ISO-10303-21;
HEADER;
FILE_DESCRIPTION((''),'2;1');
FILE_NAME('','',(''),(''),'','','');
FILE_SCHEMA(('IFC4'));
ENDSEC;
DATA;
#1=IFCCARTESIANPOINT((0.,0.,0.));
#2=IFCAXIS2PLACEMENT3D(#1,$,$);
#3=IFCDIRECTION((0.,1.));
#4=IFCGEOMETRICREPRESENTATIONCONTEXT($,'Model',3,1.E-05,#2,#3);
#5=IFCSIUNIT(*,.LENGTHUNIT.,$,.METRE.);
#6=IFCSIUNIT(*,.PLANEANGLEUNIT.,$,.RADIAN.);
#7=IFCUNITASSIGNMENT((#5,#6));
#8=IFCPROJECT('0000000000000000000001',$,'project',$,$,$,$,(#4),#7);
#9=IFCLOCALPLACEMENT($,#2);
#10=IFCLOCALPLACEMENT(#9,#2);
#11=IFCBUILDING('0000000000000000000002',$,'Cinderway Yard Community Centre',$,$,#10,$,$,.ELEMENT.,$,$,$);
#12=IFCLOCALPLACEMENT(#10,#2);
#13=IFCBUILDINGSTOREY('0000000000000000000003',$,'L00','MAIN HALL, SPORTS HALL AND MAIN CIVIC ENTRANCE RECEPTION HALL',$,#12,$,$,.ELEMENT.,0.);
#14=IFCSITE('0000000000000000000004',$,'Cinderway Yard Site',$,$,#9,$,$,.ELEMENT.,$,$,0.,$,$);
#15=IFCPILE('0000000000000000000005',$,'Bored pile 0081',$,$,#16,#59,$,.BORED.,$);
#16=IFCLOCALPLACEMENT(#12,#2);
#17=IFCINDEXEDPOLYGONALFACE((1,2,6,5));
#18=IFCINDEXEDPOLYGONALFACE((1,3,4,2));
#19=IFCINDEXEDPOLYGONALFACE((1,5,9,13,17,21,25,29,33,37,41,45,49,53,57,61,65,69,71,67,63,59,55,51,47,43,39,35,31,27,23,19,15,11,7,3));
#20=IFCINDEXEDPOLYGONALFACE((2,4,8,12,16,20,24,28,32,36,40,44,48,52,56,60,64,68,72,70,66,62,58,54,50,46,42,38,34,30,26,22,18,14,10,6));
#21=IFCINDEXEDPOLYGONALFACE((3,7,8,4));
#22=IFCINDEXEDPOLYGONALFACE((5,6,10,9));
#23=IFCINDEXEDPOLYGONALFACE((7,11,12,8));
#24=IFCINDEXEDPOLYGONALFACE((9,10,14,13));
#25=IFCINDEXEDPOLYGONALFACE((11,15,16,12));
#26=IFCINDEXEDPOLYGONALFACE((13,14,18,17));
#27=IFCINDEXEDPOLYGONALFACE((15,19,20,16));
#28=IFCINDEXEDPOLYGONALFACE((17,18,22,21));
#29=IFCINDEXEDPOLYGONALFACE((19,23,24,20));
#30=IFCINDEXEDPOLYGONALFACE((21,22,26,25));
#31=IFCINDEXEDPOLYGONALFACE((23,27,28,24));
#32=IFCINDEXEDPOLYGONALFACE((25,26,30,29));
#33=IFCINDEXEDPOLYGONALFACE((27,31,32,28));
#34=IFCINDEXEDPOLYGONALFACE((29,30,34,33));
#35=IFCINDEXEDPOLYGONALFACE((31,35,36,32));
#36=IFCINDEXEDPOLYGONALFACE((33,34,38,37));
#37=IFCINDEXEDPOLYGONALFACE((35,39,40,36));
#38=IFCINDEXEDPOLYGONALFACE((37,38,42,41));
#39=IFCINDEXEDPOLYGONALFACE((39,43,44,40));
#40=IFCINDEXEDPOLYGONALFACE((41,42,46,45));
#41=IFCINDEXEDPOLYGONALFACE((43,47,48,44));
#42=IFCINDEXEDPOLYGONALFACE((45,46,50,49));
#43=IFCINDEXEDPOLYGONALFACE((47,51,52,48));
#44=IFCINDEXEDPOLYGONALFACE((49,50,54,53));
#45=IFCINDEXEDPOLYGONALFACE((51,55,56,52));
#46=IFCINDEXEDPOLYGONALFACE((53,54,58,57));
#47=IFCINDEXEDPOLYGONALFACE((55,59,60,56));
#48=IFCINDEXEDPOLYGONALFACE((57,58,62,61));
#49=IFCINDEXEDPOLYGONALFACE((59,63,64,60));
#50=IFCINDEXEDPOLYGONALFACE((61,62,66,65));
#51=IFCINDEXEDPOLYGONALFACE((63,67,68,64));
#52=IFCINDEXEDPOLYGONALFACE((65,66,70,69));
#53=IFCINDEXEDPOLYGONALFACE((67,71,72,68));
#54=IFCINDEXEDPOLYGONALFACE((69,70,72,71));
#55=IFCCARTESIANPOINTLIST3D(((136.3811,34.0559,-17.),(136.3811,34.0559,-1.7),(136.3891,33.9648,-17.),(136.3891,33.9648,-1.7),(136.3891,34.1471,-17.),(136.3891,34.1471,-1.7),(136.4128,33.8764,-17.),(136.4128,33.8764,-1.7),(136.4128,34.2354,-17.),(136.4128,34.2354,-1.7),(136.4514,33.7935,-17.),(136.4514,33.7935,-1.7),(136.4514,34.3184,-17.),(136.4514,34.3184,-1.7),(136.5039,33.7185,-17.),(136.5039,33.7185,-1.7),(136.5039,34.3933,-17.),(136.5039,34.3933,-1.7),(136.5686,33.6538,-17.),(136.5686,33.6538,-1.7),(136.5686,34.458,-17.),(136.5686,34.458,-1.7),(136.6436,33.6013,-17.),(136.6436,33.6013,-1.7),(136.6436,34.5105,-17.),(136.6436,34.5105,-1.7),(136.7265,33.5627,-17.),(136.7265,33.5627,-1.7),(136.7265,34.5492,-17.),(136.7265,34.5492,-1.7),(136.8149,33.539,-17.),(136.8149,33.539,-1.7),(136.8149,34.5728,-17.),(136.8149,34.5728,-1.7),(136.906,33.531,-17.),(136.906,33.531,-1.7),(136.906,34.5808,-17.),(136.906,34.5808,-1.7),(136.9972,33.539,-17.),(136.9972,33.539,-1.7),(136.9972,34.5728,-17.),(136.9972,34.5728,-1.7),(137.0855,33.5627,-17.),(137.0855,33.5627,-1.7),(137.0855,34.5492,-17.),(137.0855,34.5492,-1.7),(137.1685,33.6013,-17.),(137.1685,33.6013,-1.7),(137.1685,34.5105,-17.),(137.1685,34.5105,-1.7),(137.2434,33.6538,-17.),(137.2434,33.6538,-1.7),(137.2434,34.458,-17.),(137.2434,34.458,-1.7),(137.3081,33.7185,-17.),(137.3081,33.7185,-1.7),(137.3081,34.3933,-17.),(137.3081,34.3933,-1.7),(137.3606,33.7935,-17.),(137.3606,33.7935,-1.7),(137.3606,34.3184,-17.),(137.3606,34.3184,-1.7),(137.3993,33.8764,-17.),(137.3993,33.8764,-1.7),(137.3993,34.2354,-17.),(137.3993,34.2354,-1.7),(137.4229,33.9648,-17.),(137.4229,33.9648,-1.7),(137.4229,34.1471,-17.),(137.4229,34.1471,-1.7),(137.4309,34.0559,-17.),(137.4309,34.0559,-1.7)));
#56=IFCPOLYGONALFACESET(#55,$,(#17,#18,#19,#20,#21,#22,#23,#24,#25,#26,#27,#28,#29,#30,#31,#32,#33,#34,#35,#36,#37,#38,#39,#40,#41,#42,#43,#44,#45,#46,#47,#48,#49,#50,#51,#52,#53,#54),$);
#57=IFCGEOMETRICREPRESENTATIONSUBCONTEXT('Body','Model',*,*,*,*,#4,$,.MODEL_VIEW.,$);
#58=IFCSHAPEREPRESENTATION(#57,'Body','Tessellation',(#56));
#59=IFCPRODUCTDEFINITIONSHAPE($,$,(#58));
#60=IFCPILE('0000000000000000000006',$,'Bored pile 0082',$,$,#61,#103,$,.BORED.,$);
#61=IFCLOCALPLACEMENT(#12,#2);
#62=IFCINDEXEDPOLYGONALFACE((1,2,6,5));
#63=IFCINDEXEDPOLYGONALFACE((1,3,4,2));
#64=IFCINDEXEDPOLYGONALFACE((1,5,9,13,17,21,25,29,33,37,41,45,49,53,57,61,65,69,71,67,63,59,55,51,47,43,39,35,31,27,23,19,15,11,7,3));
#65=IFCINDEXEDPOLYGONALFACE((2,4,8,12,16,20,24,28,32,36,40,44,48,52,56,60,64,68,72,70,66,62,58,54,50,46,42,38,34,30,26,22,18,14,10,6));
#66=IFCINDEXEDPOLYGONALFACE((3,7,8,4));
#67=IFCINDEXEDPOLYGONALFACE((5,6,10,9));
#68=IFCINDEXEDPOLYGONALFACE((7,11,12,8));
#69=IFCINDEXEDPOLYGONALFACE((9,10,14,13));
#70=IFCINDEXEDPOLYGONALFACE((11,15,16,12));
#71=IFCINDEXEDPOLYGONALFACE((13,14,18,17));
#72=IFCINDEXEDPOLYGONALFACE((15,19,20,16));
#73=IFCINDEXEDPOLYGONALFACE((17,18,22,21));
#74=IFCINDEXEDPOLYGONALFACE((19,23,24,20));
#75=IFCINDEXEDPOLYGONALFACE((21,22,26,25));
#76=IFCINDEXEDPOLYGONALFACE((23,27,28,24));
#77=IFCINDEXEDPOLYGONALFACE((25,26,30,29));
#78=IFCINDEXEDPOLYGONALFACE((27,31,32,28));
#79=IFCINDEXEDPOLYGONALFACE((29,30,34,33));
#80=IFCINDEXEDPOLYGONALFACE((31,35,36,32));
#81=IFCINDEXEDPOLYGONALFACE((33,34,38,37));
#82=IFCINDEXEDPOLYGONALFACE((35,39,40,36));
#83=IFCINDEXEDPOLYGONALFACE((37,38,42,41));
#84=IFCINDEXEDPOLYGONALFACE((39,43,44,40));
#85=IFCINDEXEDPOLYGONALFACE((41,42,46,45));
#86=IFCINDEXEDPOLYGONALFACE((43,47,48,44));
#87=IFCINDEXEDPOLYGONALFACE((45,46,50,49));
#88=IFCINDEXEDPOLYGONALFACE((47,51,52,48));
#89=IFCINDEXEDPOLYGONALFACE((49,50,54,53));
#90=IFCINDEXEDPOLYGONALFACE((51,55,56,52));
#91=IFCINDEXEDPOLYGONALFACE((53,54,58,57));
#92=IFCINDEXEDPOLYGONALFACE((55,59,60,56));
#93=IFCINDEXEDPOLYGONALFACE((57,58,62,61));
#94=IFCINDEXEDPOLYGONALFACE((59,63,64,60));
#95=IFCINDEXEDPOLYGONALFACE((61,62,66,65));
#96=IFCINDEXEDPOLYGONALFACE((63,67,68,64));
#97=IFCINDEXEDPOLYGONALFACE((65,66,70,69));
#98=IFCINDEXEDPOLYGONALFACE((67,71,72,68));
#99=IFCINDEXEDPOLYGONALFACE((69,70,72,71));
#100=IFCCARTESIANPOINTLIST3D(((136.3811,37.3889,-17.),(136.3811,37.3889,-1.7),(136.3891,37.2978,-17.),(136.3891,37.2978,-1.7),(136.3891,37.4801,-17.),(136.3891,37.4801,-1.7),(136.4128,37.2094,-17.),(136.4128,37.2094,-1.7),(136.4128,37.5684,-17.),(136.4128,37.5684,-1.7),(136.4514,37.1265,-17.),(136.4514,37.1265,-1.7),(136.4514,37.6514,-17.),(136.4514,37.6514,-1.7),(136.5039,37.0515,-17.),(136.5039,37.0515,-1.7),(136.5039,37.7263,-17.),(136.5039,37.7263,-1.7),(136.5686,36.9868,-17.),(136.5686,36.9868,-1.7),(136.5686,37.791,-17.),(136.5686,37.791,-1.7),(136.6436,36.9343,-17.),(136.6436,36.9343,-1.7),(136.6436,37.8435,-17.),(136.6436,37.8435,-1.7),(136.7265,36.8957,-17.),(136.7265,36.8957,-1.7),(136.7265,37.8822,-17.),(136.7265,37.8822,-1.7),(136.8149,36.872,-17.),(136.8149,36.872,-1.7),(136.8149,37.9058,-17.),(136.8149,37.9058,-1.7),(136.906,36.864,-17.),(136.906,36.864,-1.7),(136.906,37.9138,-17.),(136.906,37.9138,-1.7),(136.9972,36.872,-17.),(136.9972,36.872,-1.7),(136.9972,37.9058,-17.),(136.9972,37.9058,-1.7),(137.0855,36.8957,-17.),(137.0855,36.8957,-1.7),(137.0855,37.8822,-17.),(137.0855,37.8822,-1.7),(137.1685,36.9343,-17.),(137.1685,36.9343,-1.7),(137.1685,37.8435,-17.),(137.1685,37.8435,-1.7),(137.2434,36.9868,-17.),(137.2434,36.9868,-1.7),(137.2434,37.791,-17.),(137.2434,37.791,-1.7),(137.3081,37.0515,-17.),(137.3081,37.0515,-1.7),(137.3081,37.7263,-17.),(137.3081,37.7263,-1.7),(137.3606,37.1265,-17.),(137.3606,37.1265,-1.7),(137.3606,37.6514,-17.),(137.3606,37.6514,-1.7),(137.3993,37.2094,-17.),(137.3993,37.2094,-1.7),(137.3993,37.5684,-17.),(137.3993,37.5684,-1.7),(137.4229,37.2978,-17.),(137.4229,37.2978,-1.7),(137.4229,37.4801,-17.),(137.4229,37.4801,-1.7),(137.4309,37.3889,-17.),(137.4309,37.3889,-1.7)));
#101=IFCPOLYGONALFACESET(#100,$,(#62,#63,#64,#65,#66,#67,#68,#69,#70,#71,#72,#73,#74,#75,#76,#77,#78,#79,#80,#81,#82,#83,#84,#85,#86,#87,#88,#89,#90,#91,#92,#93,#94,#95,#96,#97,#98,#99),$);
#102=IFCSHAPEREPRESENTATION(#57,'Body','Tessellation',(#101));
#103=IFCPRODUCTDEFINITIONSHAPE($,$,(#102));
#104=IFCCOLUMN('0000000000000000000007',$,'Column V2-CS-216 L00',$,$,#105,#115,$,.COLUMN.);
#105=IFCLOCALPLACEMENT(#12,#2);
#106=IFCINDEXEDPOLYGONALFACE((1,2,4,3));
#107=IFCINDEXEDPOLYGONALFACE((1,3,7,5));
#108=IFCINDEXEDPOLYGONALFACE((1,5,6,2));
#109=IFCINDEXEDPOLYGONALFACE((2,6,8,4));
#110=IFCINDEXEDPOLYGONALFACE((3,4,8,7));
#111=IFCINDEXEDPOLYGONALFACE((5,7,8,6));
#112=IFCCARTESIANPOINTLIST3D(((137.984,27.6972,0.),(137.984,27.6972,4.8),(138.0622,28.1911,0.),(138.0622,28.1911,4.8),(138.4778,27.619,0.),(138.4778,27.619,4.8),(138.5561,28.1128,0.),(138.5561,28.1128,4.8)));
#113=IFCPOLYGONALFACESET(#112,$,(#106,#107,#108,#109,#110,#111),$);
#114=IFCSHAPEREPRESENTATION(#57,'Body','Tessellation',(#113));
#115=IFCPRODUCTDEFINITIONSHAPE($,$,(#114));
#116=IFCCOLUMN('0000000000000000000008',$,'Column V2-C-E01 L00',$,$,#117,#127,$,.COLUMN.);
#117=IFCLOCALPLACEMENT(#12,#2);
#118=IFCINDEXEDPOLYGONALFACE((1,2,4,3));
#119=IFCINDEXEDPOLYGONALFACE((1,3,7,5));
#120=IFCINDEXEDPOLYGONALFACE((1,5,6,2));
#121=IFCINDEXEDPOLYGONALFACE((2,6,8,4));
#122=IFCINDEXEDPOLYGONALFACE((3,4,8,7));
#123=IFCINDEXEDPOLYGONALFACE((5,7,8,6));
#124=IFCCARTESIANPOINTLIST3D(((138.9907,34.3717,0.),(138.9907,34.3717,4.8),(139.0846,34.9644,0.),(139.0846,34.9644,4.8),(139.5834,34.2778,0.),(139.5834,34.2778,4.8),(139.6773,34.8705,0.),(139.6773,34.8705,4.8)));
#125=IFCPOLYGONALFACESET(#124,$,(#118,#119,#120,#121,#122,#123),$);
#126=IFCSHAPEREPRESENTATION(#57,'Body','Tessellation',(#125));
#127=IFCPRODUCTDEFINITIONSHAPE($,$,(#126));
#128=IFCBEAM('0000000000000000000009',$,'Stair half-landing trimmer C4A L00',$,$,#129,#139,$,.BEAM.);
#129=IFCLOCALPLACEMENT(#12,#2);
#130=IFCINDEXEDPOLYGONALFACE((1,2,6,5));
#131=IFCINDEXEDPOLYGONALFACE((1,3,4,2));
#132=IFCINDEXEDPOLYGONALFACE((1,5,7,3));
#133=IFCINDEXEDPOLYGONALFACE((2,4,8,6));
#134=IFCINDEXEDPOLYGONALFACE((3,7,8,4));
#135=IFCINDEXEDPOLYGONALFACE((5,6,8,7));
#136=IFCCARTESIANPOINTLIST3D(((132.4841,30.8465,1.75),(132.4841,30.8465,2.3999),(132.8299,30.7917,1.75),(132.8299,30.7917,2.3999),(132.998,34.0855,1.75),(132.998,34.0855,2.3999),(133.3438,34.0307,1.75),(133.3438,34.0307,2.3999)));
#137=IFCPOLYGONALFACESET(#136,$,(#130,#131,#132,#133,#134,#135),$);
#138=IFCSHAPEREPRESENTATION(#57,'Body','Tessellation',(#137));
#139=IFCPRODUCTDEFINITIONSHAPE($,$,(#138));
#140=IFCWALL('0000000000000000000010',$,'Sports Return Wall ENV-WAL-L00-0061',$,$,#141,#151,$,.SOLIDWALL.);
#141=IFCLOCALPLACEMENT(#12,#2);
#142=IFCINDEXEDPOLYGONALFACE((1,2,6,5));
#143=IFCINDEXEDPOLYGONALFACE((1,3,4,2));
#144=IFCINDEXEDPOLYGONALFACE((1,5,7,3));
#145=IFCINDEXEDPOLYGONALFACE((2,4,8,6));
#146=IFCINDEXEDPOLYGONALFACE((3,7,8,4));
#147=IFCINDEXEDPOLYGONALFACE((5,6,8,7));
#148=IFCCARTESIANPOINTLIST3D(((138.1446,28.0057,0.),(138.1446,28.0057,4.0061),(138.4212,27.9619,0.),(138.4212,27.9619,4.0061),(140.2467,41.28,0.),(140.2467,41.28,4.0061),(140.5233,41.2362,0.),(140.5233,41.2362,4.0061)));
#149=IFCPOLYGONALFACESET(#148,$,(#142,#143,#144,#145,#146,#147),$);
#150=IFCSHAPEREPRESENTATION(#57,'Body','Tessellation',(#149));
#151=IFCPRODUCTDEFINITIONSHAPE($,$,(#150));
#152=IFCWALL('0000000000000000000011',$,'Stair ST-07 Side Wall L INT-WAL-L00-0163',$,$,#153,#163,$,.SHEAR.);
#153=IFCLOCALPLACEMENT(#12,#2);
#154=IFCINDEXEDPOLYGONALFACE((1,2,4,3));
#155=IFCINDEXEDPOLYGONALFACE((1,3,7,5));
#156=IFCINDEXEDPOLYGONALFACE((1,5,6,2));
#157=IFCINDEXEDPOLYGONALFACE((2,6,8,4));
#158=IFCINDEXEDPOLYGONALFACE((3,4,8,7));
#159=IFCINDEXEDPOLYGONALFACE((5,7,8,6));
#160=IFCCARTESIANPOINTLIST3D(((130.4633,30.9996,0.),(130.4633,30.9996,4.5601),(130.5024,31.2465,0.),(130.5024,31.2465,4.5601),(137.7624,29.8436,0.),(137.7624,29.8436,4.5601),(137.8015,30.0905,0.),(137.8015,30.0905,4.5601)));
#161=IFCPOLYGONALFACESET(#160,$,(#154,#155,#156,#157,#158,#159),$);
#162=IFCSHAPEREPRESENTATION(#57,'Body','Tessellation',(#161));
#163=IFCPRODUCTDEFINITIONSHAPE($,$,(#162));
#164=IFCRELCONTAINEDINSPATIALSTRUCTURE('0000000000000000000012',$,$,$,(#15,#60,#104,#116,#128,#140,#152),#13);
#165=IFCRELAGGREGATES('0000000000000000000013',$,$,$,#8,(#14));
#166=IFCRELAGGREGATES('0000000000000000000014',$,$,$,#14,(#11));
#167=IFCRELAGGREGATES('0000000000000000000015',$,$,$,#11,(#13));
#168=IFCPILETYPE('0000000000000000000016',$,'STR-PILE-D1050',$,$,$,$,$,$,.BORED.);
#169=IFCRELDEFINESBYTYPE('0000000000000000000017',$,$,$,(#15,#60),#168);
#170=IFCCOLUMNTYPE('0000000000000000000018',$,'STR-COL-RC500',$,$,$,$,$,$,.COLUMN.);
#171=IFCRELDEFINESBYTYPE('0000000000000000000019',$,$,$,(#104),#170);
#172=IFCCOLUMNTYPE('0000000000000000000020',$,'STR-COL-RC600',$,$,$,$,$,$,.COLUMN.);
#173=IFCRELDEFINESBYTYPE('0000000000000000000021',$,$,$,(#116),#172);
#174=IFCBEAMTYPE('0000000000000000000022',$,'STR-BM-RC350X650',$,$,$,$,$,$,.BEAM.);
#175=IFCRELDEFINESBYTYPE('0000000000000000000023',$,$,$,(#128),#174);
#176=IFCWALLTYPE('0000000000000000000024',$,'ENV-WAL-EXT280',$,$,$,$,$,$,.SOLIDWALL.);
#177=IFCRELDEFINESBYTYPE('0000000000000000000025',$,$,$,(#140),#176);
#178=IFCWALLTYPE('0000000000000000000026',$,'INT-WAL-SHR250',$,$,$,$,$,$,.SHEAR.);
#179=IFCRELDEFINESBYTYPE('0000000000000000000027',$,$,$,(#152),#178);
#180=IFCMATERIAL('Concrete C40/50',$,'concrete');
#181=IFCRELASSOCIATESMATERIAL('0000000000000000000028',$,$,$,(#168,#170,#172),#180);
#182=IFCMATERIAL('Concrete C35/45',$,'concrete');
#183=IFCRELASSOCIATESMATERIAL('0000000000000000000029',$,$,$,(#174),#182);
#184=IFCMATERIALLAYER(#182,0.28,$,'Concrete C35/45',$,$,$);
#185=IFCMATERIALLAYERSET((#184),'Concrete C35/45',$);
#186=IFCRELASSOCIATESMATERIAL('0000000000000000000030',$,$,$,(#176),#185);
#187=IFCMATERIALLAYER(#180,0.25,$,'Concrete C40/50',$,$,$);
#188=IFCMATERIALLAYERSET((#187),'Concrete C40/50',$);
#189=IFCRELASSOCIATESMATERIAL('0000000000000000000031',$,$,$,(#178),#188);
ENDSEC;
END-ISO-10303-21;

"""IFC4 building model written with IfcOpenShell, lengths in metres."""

from ifc_helpers import new_model, si_unit, direction, frame, frame_2d, origin, origin_2d, place, context, subcontext, project, spatial, rectangle, circle, extrude, material, layer, layer_set, material_profile, profile_set, type_object, element, save


model = new_model("IFC4")

# Units and contexts
model_context = context("Model", 3, precision=1e-05, world=origin(), true_north=direction((0.0, 1.0)))
body_context = subcontext(model_context, "Body", "Model", "MODEL_VIEW")
ifc_project = project(units=[si_unit("LENGTHUNIT", "METRE"), si_unit("PLANEANGLEUNIT", "RADIAN")], contexts=[model_context])

# Site, building, storey
site_placement = place(None, origin())
site = spatial("IfcSite", under=ifc_project, at=site_placement, Name="Cinderway Yard Site", CompositionType="ELEMENT", RefElevation=0.0)
building_placement = place(site_placement, origin())
building = spatial("IfcBuilding", under=site, at=building_placement, Name="Cinderway Yard Community Centre", CompositionType="ELEMENT")
storey_placement = place(building_placement, origin())
storey = spatial("IfcBuildingStorey", under=building, at=storey_placement, Name="L00", Description="MAIN HALL, SPORTS HALL AND MAIN CIVIC ENTRANCE RECEPTION HALL", CompositionType="ELEMENT", Elevation=0.0)

# Piles
ifc_material_1 = material(Name="Concrete C40/50", Category="concrete")
ifc_material_profile_1 = material_profile(ifc_material_1, circle(Radius=0.5249, at=origin_2d()), Name="Concrete C40/50")
ifc_profile_set_1 = profile_set([ifc_material_profile_1], Name="Concrete C40/50")
pile_type = type_object("IfcPileType", Name="STR-PILE-D1050", PredefinedType="BORED", material=ifc_profile_set_1)
for number, where, z_axis, x_axis, name in (
    (1, (136.906, 34.0559, -1.7), (0.0, 0.0, -1.0), (1.0, 0.0, 0.0), "Bored pile 0081"),
    (2, (136.906, 37.3889, -1.7), (0.0, 0.0, -1.0), (1.0, 0.0, 0.0), "Bored pile 0082"),
):
    element("IfcPile", number, at=place(storey_placement, frame(where, z_axis=z_axis, x_axis=x_axis)), inside=storey, type_object=pile_type, Name=name, PredefinedType="BORED", context=body_context, shape_type="SweptSolid", body=[
        extrude(circle(Radius=0.5249, at=origin_2d()), origin(), (0.0, 0.0, 1.0), 15.3),
    ])

# Columns
ifc_material_profile_2 = material_profile(ifc_material_1, rectangle(XDim=0.5, YDim=0.5, at=origin_2d()), Name="Concrete C40/50")
ifc_profile_set_2 = profile_set([ifc_material_profile_2], Name="Concrete C40/50")
column_type_1 = type_object("IfcColumnType", Name="STR-COL-RC500", PredefinedType="COLUMN", material=ifc_profile_set_2)
column_1_placement = place(storey_placement, frame((138.27, 27.905, 0.0), z_axis=(0.0, 0.0, 1.0), x_axis=(0.987688, -0.156434, 0.0)))
element("IfcColumn", 3, at=column_1_placement, inside=storey, type_object=column_type_1, Name="Column V2-CS-216 L00", PredefinedType="COLUMN", context=body_context, shape_type="SweptSolid", body=[
    extrude(rectangle(XDim=0.5, YDim=0.5, at=origin_2d()), origin(), (0.0, 0.0, 1.0), 4.8),
])
ifc_material_profile_3 = material_profile(ifc_material_1, rectangle(XDim=0.6001, YDim=0.6001, at=origin_2d()), Name="Concrete C40/50")
ifc_profile_set_3 = profile_set([ifc_material_profile_3], Name="Concrete C40/50")
column_type_2 = type_object("IfcColumnType", Name="STR-COL-RC600", PredefinedType="COLUMN", material=ifc_profile_set_3)
column_2_placement = place(storey_placement, frame((139.334, 34.6211, 0.0), z_axis=(0.0, 0.0, 1.0), x_axis=(0.987688, -0.156434, 0.0)))
element("IfcColumn", 4, at=column_2_placement, inside=storey, type_object=column_type_2, Name="Column V2-C-E01 L00", PredefinedType="COLUMN", context=body_context, shape_type="SweptSolid", body=[
    extrude(rectangle(XDim=0.6001, YDim=0.6001, at=origin_2d()), origin(), (0.0, 0.0, 1.0), 4.8),
])

# Beam
ifc_material_2 = material(Name="Concrete C35/45", Category="concrete")
ifc_material_profile_4 = material_profile(ifc_material_2, rectangle(XDim=0.3501, YDim=0.6499, at=origin_2d()), Name="Concrete C35/45")
ifc_profile_set_4 = profile_set([ifc_material_profile_4], Name="Concrete C35/45")
beam_type = type_object("IfcBeamType", Name="STR-BM-RC350X650", PredefinedType="BEAM", material=ifc_profile_set_4)
beam_placement = place(storey_placement, frame((133.1709, 34.0581, 2.075), z_axis=(-0.156704, -0.987646, 0.0), x_axis=(0.987646, -0.156704, 0.0)))
element("IfcBeam", 5, at=beam_placement, inside=storey, type_object=beam_type, Name="Stair half-landing trimmer C4A L00", PredefinedType="BEAM", context=body_context, shape_type="SweptSolid", body=[
    extrude(rectangle(XDim=0.3501, YDim=0.6499, at=origin_2d()), origin(), (0.0, 0.0, 1.0), 3.2795),
])

# Wall
ifc_layer_1 = layer(ifc_material_2, 0.28, Name="Concrete C35/45")
ifc_layer_set_1 = layer_set([ifc_layer_1], Name="Concrete C35/45")
wall_type_1 = type_object("IfcWallType", Name="ENV-WAL-EXT280", PredefinedType="SOLIDWALL", material=ifc_layer_set_1)
wall_1_placement = place(storey_placement, frame((138.283, 27.9839, 0.0), z_axis=(0.0, 0.0, 1.0), x_axis=(0.156408, 0.987693, 0.0)))
element("IfcWall", 6, at=wall_1_placement, inside=storey, type_object=wall_type_1, Name="Sports Return Wall ENV-WAL-L00-0061", PredefinedType="SOLIDWALL", context=body_context, shape_type="SweptSolid", body=[
    extrude(rectangle(XDim=13.4397, YDim=0.28, at=frame_2d((6.7197, 0.0))), origin(), (0.0, 0.0, 1.0), 4.0061),
])

# Shared definitions
ifc_layer_2 = layer(ifc_material_1, 0.25, Name="Concrete C40/50")
ifc_layer_set_2 = layer_set([ifc_layer_2], Name="Concrete C40/50")
wall_type_2 = type_object("IfcWallType", Name="INT-WAL-SHR250", PredefinedType="SHEAR", material=ifc_layer_set_2)

# Wall
wall_2_placement = place(storey_placement, frame((137.782, 29.967, 0.0), z_axis=(0.0, 0.0, 1.0), x_axis=(-0.987689, 0.156427, 0.0)))
element("IfcWall", 7, at=wall_2_placement, inside=storey, type_object=wall_type_2, Name="Stair ST-07 Side Wall L INT-WAL-L00-0163", PredefinedType="SHEAR", context=body_context, shape_type="SweptSolid", body=[
    extrude(rectangle(XDim=7.3901, YDim=0.25, at=frame_2d((3.6951, 0.0))), origin(), (0.0, 0.0, 1.0), 4.5601),
])

save(model, "model.ifc")
